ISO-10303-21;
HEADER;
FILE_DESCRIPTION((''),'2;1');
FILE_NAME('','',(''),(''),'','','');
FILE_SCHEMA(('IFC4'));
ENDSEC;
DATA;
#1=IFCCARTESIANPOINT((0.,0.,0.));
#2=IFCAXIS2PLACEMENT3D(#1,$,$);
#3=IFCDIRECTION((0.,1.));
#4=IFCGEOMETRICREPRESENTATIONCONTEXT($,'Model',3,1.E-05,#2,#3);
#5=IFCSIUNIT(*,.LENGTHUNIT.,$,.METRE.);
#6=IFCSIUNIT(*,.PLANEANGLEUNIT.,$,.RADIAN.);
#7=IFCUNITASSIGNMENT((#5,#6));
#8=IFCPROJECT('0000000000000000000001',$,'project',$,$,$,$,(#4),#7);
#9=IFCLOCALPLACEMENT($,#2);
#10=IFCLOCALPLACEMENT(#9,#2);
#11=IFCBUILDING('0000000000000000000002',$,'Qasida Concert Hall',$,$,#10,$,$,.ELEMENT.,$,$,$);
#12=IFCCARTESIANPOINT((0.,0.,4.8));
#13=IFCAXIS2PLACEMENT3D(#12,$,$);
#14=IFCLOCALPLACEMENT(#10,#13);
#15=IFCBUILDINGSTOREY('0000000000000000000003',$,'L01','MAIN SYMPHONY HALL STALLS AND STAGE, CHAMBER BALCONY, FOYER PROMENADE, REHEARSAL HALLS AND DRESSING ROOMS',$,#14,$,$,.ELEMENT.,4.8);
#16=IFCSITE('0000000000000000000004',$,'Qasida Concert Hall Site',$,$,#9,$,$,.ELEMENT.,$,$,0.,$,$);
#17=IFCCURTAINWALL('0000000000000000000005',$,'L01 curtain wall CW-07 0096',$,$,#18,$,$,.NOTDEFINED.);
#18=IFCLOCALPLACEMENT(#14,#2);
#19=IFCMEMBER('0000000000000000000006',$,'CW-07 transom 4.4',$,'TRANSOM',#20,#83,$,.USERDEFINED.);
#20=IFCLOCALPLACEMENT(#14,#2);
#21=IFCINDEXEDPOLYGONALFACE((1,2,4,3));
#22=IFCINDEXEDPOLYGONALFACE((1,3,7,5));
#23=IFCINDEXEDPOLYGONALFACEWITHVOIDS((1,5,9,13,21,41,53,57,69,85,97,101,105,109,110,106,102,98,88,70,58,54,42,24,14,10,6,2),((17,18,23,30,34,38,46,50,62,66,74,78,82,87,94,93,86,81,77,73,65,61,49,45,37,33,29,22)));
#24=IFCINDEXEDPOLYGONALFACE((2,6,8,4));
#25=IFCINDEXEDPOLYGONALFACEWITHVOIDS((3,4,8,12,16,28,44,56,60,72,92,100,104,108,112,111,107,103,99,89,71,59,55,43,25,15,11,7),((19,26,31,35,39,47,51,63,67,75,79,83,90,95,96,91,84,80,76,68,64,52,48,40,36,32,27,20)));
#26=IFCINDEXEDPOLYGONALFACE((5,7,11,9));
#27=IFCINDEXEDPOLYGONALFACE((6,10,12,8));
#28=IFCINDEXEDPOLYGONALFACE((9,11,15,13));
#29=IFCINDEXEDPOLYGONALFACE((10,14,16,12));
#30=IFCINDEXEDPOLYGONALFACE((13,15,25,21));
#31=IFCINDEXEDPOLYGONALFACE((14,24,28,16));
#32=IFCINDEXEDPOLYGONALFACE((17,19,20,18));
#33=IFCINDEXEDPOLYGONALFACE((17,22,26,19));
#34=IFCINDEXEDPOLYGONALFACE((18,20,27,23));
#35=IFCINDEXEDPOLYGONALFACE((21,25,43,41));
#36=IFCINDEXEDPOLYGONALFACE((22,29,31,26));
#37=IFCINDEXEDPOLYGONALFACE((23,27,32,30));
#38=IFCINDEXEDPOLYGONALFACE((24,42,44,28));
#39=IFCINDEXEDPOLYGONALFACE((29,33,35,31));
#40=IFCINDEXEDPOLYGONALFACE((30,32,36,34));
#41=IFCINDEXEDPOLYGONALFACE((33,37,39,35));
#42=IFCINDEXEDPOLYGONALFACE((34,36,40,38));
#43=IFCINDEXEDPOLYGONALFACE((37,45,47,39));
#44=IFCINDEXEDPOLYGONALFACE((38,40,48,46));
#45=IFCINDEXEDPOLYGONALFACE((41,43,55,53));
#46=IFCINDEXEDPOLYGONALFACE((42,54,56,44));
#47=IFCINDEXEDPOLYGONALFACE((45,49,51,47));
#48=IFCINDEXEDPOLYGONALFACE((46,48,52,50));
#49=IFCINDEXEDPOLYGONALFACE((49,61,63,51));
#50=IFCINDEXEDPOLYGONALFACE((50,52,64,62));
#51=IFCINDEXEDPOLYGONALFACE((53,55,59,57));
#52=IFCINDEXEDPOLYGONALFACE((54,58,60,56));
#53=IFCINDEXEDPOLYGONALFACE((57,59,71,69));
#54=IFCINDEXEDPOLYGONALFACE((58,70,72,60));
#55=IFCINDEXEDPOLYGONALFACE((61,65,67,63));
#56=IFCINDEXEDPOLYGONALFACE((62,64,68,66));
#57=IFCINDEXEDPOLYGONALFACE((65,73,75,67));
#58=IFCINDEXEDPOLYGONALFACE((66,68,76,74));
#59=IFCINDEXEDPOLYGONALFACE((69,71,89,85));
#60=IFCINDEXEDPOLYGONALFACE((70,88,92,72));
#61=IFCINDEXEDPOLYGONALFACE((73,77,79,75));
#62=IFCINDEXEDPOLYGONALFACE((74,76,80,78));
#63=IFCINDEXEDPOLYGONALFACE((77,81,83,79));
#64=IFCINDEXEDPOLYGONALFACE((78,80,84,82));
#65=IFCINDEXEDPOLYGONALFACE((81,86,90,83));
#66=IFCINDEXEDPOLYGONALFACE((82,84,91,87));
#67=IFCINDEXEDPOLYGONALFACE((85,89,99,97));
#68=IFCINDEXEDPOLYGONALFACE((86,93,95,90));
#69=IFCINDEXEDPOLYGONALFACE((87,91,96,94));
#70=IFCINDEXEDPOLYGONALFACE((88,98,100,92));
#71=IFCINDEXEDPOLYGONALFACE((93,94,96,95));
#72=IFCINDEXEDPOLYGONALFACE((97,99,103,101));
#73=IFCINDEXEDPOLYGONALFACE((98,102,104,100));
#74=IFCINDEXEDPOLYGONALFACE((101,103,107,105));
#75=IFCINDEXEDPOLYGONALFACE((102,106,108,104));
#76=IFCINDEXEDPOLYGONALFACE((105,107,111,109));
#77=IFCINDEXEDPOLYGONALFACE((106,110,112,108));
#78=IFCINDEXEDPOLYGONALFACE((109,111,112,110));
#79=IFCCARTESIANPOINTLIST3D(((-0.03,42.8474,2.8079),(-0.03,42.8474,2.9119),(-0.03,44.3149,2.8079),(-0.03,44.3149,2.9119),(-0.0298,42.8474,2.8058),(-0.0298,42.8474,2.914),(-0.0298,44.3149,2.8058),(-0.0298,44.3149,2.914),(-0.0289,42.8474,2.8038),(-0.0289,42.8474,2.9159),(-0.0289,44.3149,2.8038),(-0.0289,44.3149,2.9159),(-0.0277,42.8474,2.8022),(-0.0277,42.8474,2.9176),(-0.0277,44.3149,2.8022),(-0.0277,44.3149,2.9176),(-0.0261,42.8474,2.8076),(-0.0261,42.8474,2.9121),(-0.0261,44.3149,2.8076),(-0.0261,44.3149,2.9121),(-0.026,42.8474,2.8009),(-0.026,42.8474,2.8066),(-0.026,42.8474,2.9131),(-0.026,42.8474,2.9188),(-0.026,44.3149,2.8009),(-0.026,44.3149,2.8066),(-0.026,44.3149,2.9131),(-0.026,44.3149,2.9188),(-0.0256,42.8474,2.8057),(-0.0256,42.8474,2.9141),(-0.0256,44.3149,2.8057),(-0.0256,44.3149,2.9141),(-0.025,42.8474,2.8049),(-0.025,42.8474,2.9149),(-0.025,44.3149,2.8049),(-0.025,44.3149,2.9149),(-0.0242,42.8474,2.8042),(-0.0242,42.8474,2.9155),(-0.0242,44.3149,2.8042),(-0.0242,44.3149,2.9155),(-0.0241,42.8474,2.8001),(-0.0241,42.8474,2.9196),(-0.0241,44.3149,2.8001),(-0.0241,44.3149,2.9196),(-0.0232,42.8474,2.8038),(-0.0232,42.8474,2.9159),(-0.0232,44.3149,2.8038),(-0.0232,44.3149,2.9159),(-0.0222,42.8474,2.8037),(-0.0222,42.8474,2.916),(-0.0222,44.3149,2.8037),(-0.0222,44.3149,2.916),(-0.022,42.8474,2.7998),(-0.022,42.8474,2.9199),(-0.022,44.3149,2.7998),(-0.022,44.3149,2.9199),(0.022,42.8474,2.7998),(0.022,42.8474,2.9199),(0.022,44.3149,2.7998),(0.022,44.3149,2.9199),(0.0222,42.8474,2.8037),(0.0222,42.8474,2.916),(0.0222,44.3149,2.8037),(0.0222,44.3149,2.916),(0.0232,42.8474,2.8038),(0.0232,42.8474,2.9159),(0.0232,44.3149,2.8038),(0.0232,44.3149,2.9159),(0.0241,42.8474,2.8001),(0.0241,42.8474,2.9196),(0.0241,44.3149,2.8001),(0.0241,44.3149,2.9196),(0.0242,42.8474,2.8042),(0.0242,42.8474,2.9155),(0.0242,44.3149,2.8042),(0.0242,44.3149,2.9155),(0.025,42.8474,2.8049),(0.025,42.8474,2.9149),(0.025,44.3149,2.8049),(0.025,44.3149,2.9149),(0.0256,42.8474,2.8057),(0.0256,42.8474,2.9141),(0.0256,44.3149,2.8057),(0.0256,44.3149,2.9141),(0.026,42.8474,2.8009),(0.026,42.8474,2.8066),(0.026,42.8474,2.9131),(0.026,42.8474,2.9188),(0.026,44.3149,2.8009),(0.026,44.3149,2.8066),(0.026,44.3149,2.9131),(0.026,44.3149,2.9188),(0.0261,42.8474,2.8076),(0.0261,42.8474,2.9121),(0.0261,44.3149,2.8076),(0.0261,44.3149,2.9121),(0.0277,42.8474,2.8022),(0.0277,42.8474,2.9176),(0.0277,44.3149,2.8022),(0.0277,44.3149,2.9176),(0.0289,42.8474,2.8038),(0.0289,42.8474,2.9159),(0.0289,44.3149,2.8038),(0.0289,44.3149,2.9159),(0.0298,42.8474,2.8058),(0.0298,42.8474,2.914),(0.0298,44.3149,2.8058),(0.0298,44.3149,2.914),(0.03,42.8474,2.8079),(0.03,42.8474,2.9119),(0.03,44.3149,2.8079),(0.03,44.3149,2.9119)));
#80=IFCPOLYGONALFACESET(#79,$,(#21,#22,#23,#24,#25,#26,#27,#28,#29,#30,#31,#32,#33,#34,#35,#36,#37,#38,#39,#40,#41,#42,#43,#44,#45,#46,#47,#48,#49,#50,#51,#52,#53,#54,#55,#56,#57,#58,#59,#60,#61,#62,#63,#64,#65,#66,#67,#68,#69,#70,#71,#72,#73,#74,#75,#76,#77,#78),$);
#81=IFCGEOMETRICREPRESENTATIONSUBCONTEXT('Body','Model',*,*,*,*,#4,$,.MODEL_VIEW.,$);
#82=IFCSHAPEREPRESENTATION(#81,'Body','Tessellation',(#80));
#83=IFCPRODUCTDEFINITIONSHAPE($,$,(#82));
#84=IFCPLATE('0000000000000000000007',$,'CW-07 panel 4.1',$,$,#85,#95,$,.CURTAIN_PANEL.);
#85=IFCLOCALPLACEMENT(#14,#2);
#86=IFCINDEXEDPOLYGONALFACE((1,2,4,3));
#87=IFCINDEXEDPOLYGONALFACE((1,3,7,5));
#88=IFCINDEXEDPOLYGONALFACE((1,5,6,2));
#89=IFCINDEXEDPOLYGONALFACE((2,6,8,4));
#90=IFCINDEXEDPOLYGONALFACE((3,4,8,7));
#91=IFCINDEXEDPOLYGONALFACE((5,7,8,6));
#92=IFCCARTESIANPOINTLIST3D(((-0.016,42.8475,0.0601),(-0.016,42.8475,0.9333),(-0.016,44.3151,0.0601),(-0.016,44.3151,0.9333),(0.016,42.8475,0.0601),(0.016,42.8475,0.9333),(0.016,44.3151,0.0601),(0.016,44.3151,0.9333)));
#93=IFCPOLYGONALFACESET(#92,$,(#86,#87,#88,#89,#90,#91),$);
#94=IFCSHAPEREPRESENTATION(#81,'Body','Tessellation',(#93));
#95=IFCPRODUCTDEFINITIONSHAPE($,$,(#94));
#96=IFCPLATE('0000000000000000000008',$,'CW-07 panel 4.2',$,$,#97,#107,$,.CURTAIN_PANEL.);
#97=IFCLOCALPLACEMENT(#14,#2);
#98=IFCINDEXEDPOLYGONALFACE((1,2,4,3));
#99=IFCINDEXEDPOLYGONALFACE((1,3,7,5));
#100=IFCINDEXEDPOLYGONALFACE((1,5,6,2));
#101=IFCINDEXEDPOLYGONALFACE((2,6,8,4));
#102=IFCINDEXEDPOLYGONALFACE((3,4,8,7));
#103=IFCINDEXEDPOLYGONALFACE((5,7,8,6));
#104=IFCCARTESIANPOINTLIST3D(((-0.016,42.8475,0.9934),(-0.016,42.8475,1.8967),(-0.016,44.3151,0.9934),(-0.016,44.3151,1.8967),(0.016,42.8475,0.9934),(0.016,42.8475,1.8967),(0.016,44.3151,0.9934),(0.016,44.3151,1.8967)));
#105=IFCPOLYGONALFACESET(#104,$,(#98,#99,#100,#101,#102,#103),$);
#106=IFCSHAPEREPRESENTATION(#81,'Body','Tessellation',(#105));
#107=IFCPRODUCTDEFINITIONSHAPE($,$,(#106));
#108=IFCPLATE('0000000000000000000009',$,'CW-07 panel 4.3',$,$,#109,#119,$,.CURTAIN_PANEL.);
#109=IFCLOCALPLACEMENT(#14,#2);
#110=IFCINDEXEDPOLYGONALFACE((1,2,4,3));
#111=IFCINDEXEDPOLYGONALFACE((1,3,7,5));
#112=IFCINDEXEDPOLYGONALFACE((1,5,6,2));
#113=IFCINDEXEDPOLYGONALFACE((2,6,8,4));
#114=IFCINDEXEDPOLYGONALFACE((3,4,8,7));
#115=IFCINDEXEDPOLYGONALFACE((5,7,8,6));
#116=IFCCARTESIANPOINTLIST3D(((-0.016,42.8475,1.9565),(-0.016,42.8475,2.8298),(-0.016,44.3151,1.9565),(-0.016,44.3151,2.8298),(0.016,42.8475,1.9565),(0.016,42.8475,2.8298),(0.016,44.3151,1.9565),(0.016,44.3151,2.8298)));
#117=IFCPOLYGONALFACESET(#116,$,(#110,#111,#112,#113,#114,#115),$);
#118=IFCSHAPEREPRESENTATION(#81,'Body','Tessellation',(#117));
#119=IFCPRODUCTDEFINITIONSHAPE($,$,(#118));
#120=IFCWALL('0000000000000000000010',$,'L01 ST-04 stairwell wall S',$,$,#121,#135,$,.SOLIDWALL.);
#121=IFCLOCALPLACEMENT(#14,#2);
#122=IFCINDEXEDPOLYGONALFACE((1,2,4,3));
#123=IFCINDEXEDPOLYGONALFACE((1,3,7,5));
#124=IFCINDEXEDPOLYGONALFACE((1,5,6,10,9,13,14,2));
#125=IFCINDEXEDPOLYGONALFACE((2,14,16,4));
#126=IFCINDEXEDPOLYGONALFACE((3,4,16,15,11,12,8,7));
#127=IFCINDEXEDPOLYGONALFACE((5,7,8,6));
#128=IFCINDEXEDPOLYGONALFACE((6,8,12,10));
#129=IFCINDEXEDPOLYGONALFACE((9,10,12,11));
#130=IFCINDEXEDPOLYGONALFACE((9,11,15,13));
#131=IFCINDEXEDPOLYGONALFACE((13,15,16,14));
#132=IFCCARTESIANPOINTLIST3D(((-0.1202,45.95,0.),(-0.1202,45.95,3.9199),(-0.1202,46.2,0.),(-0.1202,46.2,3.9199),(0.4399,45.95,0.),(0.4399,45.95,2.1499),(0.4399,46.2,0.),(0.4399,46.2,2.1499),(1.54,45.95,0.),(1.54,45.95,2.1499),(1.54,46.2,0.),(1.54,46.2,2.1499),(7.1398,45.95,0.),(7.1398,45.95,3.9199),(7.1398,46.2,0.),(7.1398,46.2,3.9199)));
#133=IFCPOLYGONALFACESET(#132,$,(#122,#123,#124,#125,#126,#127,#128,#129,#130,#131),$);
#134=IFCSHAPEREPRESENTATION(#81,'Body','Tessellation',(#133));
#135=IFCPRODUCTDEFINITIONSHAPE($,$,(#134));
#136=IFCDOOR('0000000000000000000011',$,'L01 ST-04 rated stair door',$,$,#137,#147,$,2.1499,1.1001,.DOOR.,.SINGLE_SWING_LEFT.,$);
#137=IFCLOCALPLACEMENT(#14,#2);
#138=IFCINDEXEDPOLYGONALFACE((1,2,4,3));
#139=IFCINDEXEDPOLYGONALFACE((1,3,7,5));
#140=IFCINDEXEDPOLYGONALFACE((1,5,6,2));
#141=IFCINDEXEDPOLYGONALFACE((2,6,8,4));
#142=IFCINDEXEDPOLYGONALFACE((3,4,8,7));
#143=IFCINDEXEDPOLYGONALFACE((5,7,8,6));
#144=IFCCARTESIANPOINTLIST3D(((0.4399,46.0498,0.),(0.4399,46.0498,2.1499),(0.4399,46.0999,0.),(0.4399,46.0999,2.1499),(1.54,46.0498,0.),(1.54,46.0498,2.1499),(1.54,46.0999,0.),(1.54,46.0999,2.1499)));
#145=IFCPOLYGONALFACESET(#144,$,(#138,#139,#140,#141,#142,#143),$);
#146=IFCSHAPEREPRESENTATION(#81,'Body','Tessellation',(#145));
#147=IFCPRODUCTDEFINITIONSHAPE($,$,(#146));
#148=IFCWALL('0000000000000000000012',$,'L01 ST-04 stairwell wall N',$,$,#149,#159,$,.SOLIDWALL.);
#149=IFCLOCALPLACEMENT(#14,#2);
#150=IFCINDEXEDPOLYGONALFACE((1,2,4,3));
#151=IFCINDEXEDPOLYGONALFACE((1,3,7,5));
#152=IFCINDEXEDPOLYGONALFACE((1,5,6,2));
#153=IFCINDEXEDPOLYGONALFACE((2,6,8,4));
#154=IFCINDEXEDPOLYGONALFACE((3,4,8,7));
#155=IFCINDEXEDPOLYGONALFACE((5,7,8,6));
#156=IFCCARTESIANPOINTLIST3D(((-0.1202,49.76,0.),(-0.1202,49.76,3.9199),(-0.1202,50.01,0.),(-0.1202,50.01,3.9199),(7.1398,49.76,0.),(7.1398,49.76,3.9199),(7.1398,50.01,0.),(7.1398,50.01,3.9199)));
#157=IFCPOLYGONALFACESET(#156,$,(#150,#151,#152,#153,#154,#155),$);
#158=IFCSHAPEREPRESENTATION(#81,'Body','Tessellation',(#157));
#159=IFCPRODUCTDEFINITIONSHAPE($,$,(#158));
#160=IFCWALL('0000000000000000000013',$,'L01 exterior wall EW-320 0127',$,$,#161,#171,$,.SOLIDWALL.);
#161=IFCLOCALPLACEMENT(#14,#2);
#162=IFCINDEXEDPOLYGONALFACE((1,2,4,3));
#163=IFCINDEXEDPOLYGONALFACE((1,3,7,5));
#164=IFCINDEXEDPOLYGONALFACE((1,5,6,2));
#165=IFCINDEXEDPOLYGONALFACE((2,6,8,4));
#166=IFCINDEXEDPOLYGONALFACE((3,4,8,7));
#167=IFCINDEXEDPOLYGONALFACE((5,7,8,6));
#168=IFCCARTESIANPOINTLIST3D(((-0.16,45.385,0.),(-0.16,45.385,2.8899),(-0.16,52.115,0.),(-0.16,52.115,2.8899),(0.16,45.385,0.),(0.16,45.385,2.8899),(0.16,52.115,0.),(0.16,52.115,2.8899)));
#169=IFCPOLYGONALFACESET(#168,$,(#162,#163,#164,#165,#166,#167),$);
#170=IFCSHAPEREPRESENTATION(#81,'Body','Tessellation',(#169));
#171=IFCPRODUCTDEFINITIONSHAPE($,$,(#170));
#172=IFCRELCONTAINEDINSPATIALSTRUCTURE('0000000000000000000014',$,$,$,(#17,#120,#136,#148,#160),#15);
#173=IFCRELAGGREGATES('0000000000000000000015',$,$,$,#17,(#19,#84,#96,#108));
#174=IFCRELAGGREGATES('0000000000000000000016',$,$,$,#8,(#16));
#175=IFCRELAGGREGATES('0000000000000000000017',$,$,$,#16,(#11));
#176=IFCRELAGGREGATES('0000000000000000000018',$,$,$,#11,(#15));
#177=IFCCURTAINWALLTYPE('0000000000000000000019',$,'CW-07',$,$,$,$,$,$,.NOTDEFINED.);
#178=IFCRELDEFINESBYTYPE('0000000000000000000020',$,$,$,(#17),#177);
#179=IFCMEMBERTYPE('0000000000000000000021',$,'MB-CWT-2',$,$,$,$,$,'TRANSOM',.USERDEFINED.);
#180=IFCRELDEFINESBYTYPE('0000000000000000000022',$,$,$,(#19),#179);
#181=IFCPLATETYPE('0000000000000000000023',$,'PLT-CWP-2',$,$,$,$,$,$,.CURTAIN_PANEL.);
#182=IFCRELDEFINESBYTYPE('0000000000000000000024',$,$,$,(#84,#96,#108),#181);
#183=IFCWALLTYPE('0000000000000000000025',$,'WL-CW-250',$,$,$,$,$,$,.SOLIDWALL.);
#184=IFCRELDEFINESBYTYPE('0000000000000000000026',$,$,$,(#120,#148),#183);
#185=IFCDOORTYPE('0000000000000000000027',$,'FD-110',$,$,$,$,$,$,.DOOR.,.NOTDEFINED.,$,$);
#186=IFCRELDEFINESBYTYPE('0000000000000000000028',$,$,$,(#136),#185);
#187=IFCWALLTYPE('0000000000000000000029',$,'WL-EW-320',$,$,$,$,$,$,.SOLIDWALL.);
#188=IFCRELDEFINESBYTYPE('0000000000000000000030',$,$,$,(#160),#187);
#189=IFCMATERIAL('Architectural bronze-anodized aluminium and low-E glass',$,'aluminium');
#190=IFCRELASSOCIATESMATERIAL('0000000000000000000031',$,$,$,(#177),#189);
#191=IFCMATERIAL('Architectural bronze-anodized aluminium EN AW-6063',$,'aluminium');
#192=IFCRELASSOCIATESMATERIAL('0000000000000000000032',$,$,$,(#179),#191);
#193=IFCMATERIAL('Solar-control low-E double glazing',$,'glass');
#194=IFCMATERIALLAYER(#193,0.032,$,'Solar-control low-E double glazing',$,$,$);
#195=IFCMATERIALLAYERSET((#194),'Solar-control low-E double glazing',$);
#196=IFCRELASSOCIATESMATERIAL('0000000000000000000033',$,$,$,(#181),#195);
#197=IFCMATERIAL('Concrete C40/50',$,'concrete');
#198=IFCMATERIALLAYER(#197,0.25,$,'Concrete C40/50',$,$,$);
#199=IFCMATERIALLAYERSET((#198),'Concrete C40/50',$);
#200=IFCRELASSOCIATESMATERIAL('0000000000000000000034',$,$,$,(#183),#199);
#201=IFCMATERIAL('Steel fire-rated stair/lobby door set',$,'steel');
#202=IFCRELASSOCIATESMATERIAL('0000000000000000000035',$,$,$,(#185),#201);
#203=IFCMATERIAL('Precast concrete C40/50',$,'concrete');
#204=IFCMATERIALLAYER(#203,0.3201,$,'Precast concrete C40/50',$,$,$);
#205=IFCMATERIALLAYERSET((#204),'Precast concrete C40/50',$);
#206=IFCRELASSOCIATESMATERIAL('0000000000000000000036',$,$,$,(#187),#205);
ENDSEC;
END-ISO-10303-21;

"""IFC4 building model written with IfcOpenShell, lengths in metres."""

from ifc_helpers import new_model, si_unit, direction, frame, frame_2d, origin, origin_2d, place, context, subcontext, project, spatial, rectangle, hollow_rectangle, extrude, material, layer, layer_set, material_profile, profile_set, type_object, element, fill, aggregate, save


model = new_model("IFC4")

# Units and contexts
model_context = context("Model", 3, precision=1e-05, world=origin(), true_north=direction((0.0, 1.0)))
body_context = subcontext(model_context, "Body", "Model", "MODEL_VIEW")
ifc_project = project(units=[si_unit("LENGTHUNIT", "METRE"), si_unit("PLANEANGLEUNIT", "RADIAN")], contexts=[model_context])

# Site, building, storey
site_placement = place(None, origin())
site = spatial("IfcSite", under=ifc_project, at=site_placement, Name="Qasida Concert Hall Site", CompositionType="ELEMENT", RefElevation=0.0)
building_placement = place(site_placement, origin())
building = spatial("IfcBuilding", under=site, at=building_placement, Name="Qasida Concert Hall", CompositionType="ELEMENT")
storey_placement = place(building_placement, frame((0.0, 0.0, 4.8)))
storey = spatial("IfcBuildingStorey", under=building, at=storey_placement, Name="L01", Description="MAIN SYMPHONY HALL STALLS AND STAGE, CHAMBER BALCONY, FOYER PROMENADE, REHEARSAL HALLS AND DRESSING ROOMS", CompositionType="ELEMENT", Elevation=4.8)

# Shared definitions
ifc_material_1 = material(Name="Concrete C40/50", Category="concrete")

# Curtain wall, member, plates
ifc_material_2 = material(Name="Architectural bronze-anodized aluminium and low-E glass", Category="aluminium")
curtain_wall_type = type_object("IfcCurtainWallType", Name="CW-07", PredefinedType="NOTDEFINED", material=ifc_material_2)
curtain_wall_placement = place(storey_placement, origin())
curtain_wall = element("IfcCurtainWall", 1, at=curtain_wall_placement, inside=storey, type_object=curtain_wall_type, Name="L01 curtain wall CW-07 0096", PredefinedType="NOTDEFINED")
ifc_material_3 = material(Name="Architectural bronze-anodized aluminium EN AW-6063", Category="aluminium")
ifc_material_profile_1 = material_profile(ifc_material_3, hollow_rectangle(XDim=0.0601, YDim=0.1201, WallThickness=0.0039, InnerFilletRadius=0.0039, OuterFilletRadius=0.0081, at=origin_2d()), Name="CWT 120x60x4")
ifc_profile_set_1 = profile_set([ifc_material_profile_1], Name="Architectural bronze-anodized aluminium EN AW-6063")
member_type_1 = type_object("IfcMemberType", Name="MB-CWT-2", ElementType="TRANSOM", PredefinedType="USERDEFINED", material=ifc_profile_set_1)
member_1_placement = place(storey_placement, frame((0.0, 42.8474, 2.8599), z_axis=(0.0, 1.0, 0.0), x_axis=(-1.0, 0.0, 0.0)))
member_1 = element("IfcMember", 2, at=member_1_placement, type_object=member_type_1, Name="CW-07 transom 4.4", ObjectType="TRANSOM", PredefinedType="USERDEFINED", context=body_context, shape_type="SweptSolid", body=[
    extrude(hollow_rectangle(XDim=0.0601, YDim=0.1201, WallThickness=0.0039, InnerFilletRadius=0.0039, OuterFilletRadius=0.0081, at=origin_2d()), origin(), (0.0, 0.0, 1.0), 1.4675),
])
ifc_material_4 = material(Name="Solar-control low-E double glazing", Category="glass")
ifc_layer_1 = layer(ifc_material_4, 0.032, Name="Solar-control low-E double glazing")
ifc_layer_set_1 = layer_set([ifc_layer_1], Name="Solar-control low-E double glazing")
plate_type = type_object("IfcPlateType", Name="PLT-CWP-2", PredefinedType="CURTAIN_PANEL", material=ifc_layer_set_1)
plate_1_placement = place(storey_placement, frame((0.0, 43.5813, 0.0601), z_axis=(0.0, 0.0, 1.0), x_axis=(0.0, 1.0, 0.0)))
plate_1 = element("IfcPlate", 3, at=plate_1_placement, type_object=plate_type, Name="CW-07 panel 4.1", PredefinedType="CURTAIN_PANEL", context=body_context, shape_type="SweptSolid", body=[
    extrude(rectangle(XDim=1.4675, YDim=0.032, at=origin_2d()), origin(), (0.0, 0.0, 1.0), 0.8733),
])
plate_2_placement = place(storey_placement, frame((0.0, 43.5813, 0.9934), z_axis=(0.0, 0.0, 1.0), x_axis=(0.0, 1.0, 0.0)))
plate_2 = element("IfcPlate", 4, at=plate_2_placement, type_object=plate_type, Name="CW-07 panel 4.2", PredefinedType="CURTAIN_PANEL", context=body_context, shape_type="SweptSolid", body=[
    extrude(rectangle(XDim=1.4675, YDim=0.032, at=origin_2d()), origin(), (0.0, 0.0, 1.0), 0.9033),
])
plate_3_placement = place(storey_placement, frame((0.0, 43.5813, 1.9565), z_axis=(0.0, 0.0, 1.0), x_axis=(0.0, 1.0, 0.0)))
plate_3 = element("IfcPlate", 5, at=plate_3_placement, type_object=plate_type, Name="CW-07 panel 4.3", PredefinedType="CURTAIN_PANEL", context=body_context, shape_type="SweptSolid", body=[
    extrude(rectangle(XDim=1.4675, YDim=0.032, at=origin_2d()), origin(), (0.0, 0.0, 1.0), 0.8733),
])
aggregate(curtain_wall, [member_1, plate_1, plate_2, plate_3])

# Wall, opening, door
ifc_layer_2 = layer(ifc_material_1, 0.25, Name="Concrete C40/50")
ifc_layer_set_2 = layer_set([ifc_layer_2], Name="Concrete C40/50")
wall_type_1 = type_object("IfcWallType", Name="WL-CW-250", PredefinedType="SOLIDWALL", material=ifc_layer_set_2)
wall_1_placement = place(storey_placement, frame((-0.1201, 46.075, 0.0), z_axis=(0.0, 0.0, 1.0), x_axis=(1.0, 0.0, 0.0)))
wall_1 = element("IfcWall", 6, at=wall_1_placement, inside=storey, type_object=wall_type_1, Name="L01 ST-04 stairwell wall S", PredefinedType="SOLIDWALL", context=body_context, shape_type="SweptSolid", body=[
    extrude(rectangle(XDim=7.26, YDim=0.25, at=frame_2d((3.6299, 0.0))), origin(), (0.0, 0.0, 1.0), 3.9199),
])
opening_placement = place(wall_1_placement, frame((0.5601, 0.0, 0.0)))
opening = element("IfcOpeningElement", 7, at=opening_placement, cuts=wall_1, PredefinedType="OPENING", context=body_context, shape_type="SweptSolid", body=[
    extrude(rectangle(XDim=1.1001, YDim=2.1499, at=frame_2d((0.55, 1.075))), frame((0.0, 0.135, 0.0), z_axis=(0.0, -1.0, 0.0), x_axis=(1.0, 0.0, 0.0)), (0.0, 0.0, 1.0), 0.27),
])
ifc_material_5 = material(Name="Steel fire-rated stair/lobby door set", Category="steel")
door_type = type_object("IfcDoorType", Name="FD-110", OperationType="NOTDEFINED", PredefinedType="DOOR", material=ifc_material_5)
door_placement = place(opening_placement, origin())
door = element("IfcDoor", 8, at=door_placement, inside=storey, type_object=door_type, Name="L01 ST-04 rated stair door", OperationType="SINGLE_SWING_LEFT", OverallHeight=2.1499, OverallWidth=1.1001, PredefinedType="DOOR", context=body_context, shape_type="SweptSolid", body=[
    extrude(rectangle(XDim=1.1001, YDim=2.1499, at=frame_2d((0.55, 1.075))), frame((0.0, 0.0249, 0.0), z_axis=(0.0, -1.0, 0.0), x_axis=(1.0, 0.0, 0.0)), (0.0, 0.0, 1.0), 0.05),
])
fill(opening, door)

# Walls
wall_2_placement = place(storey_placement, frame((-0.1201, 49.885, 0.0), z_axis=(0.0, 0.0, 1.0), x_axis=(1.0, 0.0, 0.0)))
element("IfcWall", 9, at=wall_2_placement, inside=storey, type_object=wall_type_1, Name="L01 ST-04 stairwell wall N", PredefinedType="SOLIDWALL", context=body_context, shape_type="SweptSolid", body=[
    extrude(rectangle(XDim=7.26, YDim=0.25, at=frame_2d((3.6299, 0.0))), origin(), (0.0, 0.0, 1.0), 3.9199),
])
ifc_material_6 = material(Name="Precast concrete C40/50", Category="concrete")
ifc_layer_3 = layer(ifc_material_6, 0.3201, Name="Precast concrete C40/50")
ifc_layer_set_3 = layer_set([ifc_layer_3], Name="Precast concrete C40/50")
wall_type_2 = type_object("IfcWallType", Name="WL-EW-320", PredefinedType="SOLIDWALL", material=ifc_layer_set_3)
wall_3_placement = place(storey_placement, frame((0.0, 45.385, 0.0), z_axis=(0.0, 0.0, 1.0), x_axis=(0.0, 1.0, 0.0)))
element("IfcWall", 10, at=wall_3_placement, inside=storey, type_object=wall_type_2, Name="L01 exterior wall EW-320 0127", PredefinedType="SOLIDWALL", context=body_context, shape_type="SweptSolid", body=[
    extrude(rectangle(XDim=6.73, YDim=0.3201, at=frame_2d((3.365, 0.0))), origin(), (0.0, 0.0, 1.0), 2.8899),
])

save(model, "model.ifc")
